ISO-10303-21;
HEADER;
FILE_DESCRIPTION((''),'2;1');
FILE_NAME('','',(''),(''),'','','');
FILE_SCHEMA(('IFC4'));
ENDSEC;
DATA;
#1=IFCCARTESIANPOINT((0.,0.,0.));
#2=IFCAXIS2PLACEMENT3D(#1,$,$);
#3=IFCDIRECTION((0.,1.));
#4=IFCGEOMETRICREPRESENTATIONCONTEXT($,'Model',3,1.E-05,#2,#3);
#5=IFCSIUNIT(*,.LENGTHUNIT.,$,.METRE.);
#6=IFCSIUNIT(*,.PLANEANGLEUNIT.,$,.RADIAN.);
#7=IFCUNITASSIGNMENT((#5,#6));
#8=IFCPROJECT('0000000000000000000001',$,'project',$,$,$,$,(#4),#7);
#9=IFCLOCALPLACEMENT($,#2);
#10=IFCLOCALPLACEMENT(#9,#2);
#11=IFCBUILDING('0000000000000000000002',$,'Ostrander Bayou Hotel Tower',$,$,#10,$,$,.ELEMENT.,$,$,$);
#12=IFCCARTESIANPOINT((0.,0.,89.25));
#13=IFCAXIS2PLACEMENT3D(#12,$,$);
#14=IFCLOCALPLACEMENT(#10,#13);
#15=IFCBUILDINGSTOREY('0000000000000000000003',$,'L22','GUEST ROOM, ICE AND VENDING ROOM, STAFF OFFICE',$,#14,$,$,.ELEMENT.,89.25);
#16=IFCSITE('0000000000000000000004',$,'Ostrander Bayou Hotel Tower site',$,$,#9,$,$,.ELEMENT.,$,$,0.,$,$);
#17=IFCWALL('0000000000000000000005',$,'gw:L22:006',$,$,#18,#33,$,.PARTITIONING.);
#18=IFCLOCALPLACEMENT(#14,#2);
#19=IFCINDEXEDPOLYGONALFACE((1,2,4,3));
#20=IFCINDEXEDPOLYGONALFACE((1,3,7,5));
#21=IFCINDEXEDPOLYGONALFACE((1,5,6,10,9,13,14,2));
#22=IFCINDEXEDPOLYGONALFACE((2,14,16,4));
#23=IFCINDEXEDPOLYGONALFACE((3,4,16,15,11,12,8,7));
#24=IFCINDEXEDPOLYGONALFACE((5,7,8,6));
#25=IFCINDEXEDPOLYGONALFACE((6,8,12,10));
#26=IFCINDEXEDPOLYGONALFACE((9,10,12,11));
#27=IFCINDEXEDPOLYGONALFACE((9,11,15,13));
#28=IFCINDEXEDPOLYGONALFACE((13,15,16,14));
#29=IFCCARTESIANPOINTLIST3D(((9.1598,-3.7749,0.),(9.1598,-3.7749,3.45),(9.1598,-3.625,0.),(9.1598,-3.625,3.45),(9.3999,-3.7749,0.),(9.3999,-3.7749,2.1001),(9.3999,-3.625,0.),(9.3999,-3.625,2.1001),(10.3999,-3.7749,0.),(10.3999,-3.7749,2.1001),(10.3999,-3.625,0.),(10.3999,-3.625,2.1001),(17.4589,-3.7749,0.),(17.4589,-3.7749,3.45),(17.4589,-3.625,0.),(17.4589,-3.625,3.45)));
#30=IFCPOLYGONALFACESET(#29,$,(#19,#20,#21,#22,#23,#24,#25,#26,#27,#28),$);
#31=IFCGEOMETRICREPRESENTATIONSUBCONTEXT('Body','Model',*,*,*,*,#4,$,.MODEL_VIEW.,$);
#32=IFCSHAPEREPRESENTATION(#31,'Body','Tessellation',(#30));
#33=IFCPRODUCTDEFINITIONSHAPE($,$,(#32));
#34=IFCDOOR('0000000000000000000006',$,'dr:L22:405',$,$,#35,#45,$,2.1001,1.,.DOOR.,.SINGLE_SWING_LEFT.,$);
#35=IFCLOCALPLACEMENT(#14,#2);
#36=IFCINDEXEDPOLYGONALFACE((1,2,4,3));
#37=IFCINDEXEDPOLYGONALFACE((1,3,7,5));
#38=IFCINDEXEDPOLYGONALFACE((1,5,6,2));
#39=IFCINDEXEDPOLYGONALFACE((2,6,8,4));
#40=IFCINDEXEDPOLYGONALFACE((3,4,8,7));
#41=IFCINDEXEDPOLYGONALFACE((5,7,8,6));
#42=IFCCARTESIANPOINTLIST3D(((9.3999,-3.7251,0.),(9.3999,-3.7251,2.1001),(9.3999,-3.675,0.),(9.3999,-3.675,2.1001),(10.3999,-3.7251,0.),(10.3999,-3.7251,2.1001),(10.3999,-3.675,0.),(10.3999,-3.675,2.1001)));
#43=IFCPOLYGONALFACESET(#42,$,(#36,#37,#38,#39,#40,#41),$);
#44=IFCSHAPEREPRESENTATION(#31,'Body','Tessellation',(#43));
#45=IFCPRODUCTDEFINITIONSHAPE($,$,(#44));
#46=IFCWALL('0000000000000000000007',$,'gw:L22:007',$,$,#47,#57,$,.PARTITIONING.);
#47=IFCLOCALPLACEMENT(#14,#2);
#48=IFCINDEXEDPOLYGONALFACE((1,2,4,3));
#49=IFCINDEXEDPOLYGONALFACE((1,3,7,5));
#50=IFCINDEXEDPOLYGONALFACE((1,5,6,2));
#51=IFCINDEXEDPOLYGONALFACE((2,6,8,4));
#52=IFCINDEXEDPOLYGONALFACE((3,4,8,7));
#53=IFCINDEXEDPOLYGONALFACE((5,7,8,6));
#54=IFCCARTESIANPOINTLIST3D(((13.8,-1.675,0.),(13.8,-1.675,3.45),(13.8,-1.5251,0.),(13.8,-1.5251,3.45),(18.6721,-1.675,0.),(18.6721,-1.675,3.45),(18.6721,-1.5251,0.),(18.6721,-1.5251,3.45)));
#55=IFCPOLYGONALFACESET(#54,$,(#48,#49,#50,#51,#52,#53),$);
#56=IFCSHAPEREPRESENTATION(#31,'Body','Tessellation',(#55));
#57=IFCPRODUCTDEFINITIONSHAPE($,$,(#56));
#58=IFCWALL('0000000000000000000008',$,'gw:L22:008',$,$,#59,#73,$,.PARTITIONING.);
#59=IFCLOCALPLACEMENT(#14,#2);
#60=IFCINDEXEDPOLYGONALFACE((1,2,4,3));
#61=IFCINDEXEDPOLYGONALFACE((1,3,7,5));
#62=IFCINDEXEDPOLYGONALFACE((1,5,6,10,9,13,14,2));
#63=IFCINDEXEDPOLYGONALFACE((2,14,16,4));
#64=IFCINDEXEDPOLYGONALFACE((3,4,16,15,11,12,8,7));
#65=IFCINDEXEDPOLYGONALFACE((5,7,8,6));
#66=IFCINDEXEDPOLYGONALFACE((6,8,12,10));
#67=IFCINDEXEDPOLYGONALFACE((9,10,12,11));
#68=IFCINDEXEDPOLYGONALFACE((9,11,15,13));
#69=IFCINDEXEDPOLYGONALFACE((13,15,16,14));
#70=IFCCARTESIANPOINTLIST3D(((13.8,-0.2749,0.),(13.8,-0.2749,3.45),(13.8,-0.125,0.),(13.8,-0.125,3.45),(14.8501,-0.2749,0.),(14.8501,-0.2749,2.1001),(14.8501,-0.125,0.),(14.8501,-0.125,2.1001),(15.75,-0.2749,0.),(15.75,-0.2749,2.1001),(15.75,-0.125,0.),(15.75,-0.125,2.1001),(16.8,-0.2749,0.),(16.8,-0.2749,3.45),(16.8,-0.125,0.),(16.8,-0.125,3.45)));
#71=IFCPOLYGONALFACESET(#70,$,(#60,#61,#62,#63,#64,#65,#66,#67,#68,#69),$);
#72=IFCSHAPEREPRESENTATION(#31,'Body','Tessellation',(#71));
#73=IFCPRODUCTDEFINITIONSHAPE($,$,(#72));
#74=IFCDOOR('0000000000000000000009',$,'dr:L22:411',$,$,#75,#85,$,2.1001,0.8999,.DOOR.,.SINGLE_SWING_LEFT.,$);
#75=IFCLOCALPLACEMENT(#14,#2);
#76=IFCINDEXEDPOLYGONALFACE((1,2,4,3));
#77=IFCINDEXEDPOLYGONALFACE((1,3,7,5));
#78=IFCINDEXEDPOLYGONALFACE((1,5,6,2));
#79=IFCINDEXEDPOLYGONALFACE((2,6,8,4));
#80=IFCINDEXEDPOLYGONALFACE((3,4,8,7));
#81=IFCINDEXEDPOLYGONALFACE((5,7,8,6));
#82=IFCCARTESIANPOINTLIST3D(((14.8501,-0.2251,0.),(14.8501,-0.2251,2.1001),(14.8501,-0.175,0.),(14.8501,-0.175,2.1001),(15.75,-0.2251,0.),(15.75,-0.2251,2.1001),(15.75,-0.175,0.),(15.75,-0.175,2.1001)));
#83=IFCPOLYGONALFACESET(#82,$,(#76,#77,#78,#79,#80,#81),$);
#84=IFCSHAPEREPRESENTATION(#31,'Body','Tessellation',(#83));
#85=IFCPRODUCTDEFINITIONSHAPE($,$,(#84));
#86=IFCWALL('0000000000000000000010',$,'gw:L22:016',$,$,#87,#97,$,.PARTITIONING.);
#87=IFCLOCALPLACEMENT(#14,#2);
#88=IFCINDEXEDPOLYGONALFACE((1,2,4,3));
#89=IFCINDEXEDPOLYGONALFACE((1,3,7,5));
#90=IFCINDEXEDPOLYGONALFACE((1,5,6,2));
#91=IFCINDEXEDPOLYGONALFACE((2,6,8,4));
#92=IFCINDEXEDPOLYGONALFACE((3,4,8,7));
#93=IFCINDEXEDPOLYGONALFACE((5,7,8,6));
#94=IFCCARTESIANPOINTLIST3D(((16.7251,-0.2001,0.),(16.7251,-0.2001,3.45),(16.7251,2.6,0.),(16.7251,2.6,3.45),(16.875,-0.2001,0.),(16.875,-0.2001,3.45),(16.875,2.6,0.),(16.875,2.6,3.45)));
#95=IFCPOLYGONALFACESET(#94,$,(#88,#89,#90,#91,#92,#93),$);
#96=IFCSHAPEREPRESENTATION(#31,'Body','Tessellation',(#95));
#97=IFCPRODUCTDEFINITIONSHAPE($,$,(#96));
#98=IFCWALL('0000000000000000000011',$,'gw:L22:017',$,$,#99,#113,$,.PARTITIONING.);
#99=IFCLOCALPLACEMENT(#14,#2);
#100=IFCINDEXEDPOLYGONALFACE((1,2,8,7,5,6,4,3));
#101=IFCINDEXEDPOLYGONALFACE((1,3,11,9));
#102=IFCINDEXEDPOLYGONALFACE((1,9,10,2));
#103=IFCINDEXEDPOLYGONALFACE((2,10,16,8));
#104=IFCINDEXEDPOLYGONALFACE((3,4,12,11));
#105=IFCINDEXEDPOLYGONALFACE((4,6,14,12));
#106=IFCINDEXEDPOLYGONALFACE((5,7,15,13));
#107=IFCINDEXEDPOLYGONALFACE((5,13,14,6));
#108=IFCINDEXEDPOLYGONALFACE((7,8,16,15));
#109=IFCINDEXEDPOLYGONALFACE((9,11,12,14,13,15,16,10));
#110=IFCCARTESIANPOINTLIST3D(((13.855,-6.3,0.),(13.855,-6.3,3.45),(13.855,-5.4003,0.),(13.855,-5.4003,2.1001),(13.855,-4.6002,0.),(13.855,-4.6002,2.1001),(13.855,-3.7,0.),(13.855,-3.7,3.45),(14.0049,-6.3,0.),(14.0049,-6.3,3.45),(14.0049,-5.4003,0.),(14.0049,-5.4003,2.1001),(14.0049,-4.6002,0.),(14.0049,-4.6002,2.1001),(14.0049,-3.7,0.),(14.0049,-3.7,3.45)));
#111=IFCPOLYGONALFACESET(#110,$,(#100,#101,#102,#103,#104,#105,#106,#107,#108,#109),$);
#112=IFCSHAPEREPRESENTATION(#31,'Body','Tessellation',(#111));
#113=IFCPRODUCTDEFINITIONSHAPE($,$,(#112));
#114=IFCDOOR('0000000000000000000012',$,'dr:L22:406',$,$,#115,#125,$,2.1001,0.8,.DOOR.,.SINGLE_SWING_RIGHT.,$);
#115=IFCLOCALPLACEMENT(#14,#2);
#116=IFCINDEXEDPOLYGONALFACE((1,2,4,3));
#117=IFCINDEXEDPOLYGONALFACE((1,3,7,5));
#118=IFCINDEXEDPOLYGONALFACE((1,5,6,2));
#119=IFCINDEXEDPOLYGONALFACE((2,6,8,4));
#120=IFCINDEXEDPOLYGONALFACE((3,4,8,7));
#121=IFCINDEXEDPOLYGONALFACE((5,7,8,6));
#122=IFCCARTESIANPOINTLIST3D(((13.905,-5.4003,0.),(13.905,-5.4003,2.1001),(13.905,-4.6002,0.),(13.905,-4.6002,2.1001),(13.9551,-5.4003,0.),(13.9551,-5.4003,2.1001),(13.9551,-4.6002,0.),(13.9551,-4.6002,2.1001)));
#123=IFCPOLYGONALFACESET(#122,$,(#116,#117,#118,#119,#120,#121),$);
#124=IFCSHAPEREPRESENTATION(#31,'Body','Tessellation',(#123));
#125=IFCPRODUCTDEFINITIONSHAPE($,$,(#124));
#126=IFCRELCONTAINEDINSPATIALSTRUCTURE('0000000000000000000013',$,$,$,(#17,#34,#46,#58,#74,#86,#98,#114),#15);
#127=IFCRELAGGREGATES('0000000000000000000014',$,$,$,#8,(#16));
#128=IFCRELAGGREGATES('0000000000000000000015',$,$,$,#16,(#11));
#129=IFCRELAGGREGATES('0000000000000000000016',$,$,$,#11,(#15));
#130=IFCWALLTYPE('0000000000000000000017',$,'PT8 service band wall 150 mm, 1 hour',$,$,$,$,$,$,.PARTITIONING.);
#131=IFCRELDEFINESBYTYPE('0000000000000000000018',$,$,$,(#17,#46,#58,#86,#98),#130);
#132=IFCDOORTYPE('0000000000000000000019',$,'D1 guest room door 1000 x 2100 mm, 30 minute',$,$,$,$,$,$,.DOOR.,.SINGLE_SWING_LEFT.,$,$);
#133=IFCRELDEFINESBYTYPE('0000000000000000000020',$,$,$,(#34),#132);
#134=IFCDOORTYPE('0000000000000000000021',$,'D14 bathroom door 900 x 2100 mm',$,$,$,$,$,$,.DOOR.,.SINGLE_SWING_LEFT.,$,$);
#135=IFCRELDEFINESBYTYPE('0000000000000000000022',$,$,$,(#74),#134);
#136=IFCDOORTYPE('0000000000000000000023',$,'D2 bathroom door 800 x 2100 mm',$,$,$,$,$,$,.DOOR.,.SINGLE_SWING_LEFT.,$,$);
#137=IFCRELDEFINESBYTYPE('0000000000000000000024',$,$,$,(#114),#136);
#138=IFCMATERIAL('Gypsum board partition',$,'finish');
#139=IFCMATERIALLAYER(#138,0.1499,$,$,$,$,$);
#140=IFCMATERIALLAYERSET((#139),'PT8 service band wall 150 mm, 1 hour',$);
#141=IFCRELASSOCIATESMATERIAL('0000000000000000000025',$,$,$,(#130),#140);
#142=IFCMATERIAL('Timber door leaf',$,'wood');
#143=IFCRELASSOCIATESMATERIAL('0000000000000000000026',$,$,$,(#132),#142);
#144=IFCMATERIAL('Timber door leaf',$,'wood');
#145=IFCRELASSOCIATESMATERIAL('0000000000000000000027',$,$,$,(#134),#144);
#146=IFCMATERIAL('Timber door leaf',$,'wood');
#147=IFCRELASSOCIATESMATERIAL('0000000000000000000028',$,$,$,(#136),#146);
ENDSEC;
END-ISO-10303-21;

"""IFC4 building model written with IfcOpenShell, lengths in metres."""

from ifc_helpers import new_model, si_unit, direction, frame, frame_2d, origin, place, context, subcontext, project, spatial, rectangle, extrude, material, layer, layer_set, type_object, element, fill, save


model = new_model("IFC4")

# Units and contexts
model_context = context("Model", 3, precision=1e-05, world=origin(), true_north=direction((0.0, 1.0)))
body_context = subcontext(model_context, "Body", "Model", "MODEL_VIEW")
ifc_project = project(units=[si_unit("LENGTHUNIT", "METRE"), si_unit("PLANEANGLEUNIT", "RADIAN")], contexts=[model_context])

# Site, building, storey
site_placement = place(None, origin())
site = spatial("IfcSite", under=ifc_project, at=site_placement, Name="Ostrander Bayou Hotel Tower site", CompositionType="ELEMENT", RefElevation=0.0)
building_placement = place(site_placement, origin())
building = spatial("IfcBuilding", under=site, at=building_placement, Name="Ostrander Bayou Hotel Tower", CompositionType="ELEMENT")
storey_placement = place(building_placement, frame((0.0, 0.0, 89.25)))
storey = spatial("IfcBuildingStorey", under=building, at=storey_placement, Name="L22", Description="GUEST ROOM, ICE AND VENDING ROOM, STAFF OFFICE", CompositionType="ELEMENT", Elevation=89.25)

# Shared definitions
ifc_material_1 = material(Name="Gypsum board partition", Category="finish")
ifc_layer_1 = layer(ifc_material_1, 0.1499)
ifc_layer_set_1 = layer_set([ifc_layer_1], Name="PT8 service band wall 150 mm, 1 hour")
wall_type_1 = type_object("IfcWallType", Name="PT8 service band wall 150 mm, 1 hour", PredefinedType="PARTITIONING", material=ifc_layer_set_1)

# Wall, opening, door
wall_1_placement = place(storey_placement, frame((9.1599, -3.7, 0.0), z_axis=(0.0, 0.0, 1.0), x_axis=(1.0, 0.0, 0.0)))
wall_1 = element("IfcWall", 1, at=wall_1_placement, inside=storey, type_object=wall_type_1, Name="gw:L22:006", PredefinedType="PARTITIONING", context=body_context, shape_type="SweptSolid", body=[
    extrude(rectangle(XDim=8.2991, YDim=0.1499, at=frame_2d((4.1494, 0.0))), origin(), (0.0, 0.0, 1.0), 3.45),
])
opening_1_placement = place(wall_1_placement, frame((0.24, 0.0, 0.0)))
opening_1 = element("IfcOpeningElement", 2, at=opening_1_placement, cuts=wall_1, PredefinedType="OPENING", context=body_context, shape_type="SweptSolid", body=[
    extrude(rectangle(XDim=1.0, YDim=2.1001, at=frame_2d((0.5, 1.05))), frame((0.0, 0.075, 0.0), z_axis=(0.0, -1.0, 0.0), x_axis=(1.0, 0.0, 0.0)), (0.0, 0.0, 1.0), 0.1499),
])
ifc_material_2 = material(Name="Timber door leaf", Category="wood")
door_type_1 = type_object("IfcDoorType", Name="D1 guest room door 1000 x 2100 mm, 30 minute", OperationType="SINGLE_SWING_LEFT", PredefinedType="DOOR", material=ifc_material_2)
door_1_placement = place(opening_1_placement, origin())
door_1 = element("IfcDoor", 3, at=door_1_placement, inside=storey, type_object=door_type_1, Name="dr:L22:405", OperationType="SINGLE_SWING_LEFT", OverallHeight=2.1001, OverallWidth=1.0, PredefinedType="DOOR", context=body_context, shape_type="SweptSolid", body=[
    extrude(rectangle(XDim=1.0, YDim=2.1001, at=frame_2d((0.5, 1.05))), frame((0.0, 0.0249, 0.0), z_axis=(0.0, -1.0, 0.0), x_axis=(1.0, 0.0, 0.0)), (0.0, 0.0, 1.0), 0.05),
])
fill(opening_1, door_1)

# Wall
wall_2_placement = place(storey_placement, frame((13.8, -1.6001, 0.0), z_axis=(0.0, 0.0, 1.0), x_axis=(1.0, 0.0, 0.0)))
element("IfcWall", 4, at=wall_2_placement, inside=storey, type_object=wall_type_1, Name="gw:L22:007", PredefinedType="PARTITIONING", context=body_context, shape_type="SweptSolid", body=[
    extrude(rectangle(XDim=4.8721, YDim=0.1499, at=frame_2d((2.436, 0.0))), origin(), (0.0, 0.0, 1.0), 3.45),
])

# Wall, opening, door
wall_3_placement = place(storey_placement, frame((13.8, -0.2, 0.0), z_axis=(0.0, 0.0, 1.0), x_axis=(1.0, 0.0, 0.0)))
wall_3 = element("IfcWall", 5, at=wall_3_placement, inside=storey, type_object=wall_type_1, Name="gw:L22:008", PredefinedType="PARTITIONING", context=body_context, shape_type="SweptSolid", body=[
    extrude(rectangle(XDim=3.0, YDim=0.1499, at=frame_2d((1.5, 0.0))), origin(), (0.0, 0.0, 1.0), 3.45),
])
opening_2_placement = place(wall_3_placement, frame((1.05, 0.0, 0.0)))
opening_2 = element("IfcOpeningElement", 6, at=opening_2_placement, cuts=wall_3, PredefinedType="OPENING", context=body_context, shape_type="SweptSolid", body=[
    extrude(rectangle(XDim=0.8999, YDim=2.1001, at=frame_2d((0.45, 1.05))), frame((0.0, 0.075, 0.0), z_axis=(0.0, -1.0, 0.0), x_axis=(1.0, 0.0, 0.0)), (0.0, 0.0, 1.0), 0.1499),
])
ifc_material_3 = material(Name="Timber door leaf", Category="wood")
door_type_2 = type_object("IfcDoorType", Name="D14 bathroom door 900 x 2100 mm", OperationType="SINGLE_SWING_LEFT", PredefinedType="DOOR", material=ifc_material_3)
door_2_placement = place(opening_2_placement, origin())
door_2 = element("IfcDoor", 7, at=door_2_placement, inside=storey, type_object=door_type_2, Name="dr:L22:411", OperationType="SINGLE_SWING_LEFT", OverallHeight=2.1001, OverallWidth=0.8999, PredefinedType="DOOR", context=body_context, shape_type="SweptSolid", body=[
    extrude(rectangle(XDim=0.8999, YDim=2.1001, at=frame_2d((0.45, 1.05))), frame((0.0, 0.0249, 0.0), z_axis=(0.0, -1.0, 0.0), x_axis=(1.0, 0.0, 0.0)), (0.0, 0.0, 1.0), 0.05),
])
fill(opening_2, door_2)

# Wall
wall_4_placement = place(storey_placement, frame((16.8, -0.2, 0.0), z_axis=(0.0, 0.0, 1.0), x_axis=(0.0, 1.0, 0.0)))
element("IfcWall", 8, at=wall_4_placement, inside=storey, type_object=wall_type_1, Name="gw:L22:016", PredefinedType="PARTITIONING", context=body_context, shape_type="SweptSolid", body=[
    extrude(rectangle(XDim=2.8, YDim=0.1499, at=frame_2d((1.3999, 0.0))), origin(), (0.0, 0.0, 1.0), 3.45),
])

# Wall, opening, door
wall_5_placement = place(storey_placement, frame((13.9299, -6.3, 0.0), z_axis=(0.0, 0.0, 1.0), x_axis=(0.0, 1.0, 0.0)))
wall_5 = element("IfcWall", 9, at=wall_5_placement, inside=storey, type_object=wall_type_1, Name="gw:L22:017", PredefinedType="PARTITIONING", context=body_context, shape_type="SweptSolid", body=[
    extrude(rectangle(XDim=2.6001, YDim=0.1499, at=frame_2d((1.3, 0.0))), origin(), (0.0, 0.0, 1.0), 3.45),
])
opening_3_placement = place(wall_5_placement, frame((0.8999, 0.0, 0.0)))
opening_3 = element("IfcOpeningElement", 10, at=opening_3_placement, cuts=wall_5, PredefinedType="OPENING", context=body_context, shape_type="SweptSolid", body=[
    extrude(rectangle(XDim=0.8, YDim=2.1001, at=frame_2d((0.3999, 1.05))), frame((0.0, 0.075, 0.0), z_axis=(0.0, -1.0, 0.0), x_axis=(1.0, 0.0, 0.0)), (0.0, 0.0, 1.0), 0.1499),
])
ifc_material_4 = material(Name="Timber door leaf", Category="wood")
door_type_3 = type_object("IfcDoorType", Name="D2 bathroom door 800 x 2100 mm", OperationType="SINGLE_SWING_LEFT", PredefinedType="DOOR", material=ifc_material_4)
door_3_placement = place(opening_3_placement, origin())
door_3 = element("IfcDoor", 11, at=door_3_placement, inside=storey, type_object=door_type_3, Name="dr:L22:406", OperationType="SINGLE_SWING_RIGHT", OverallHeight=2.1001, OverallWidth=0.8, PredefinedType="DOOR", context=body_context, shape_type="SweptSolid", body=[
    extrude(rectangle(XDim=0.8, YDim=2.1001, at=frame_2d((0.3999, 1.05))), frame((0.0, 0.0249, 0.0), z_axis=(0.0, -1.0, 0.0), x_axis=(1.0, 0.0, 0.0)), (0.0, 0.0, 1.0), 0.05),
])
fill(opening_3, door_3)

save(model, "model.ifc")
